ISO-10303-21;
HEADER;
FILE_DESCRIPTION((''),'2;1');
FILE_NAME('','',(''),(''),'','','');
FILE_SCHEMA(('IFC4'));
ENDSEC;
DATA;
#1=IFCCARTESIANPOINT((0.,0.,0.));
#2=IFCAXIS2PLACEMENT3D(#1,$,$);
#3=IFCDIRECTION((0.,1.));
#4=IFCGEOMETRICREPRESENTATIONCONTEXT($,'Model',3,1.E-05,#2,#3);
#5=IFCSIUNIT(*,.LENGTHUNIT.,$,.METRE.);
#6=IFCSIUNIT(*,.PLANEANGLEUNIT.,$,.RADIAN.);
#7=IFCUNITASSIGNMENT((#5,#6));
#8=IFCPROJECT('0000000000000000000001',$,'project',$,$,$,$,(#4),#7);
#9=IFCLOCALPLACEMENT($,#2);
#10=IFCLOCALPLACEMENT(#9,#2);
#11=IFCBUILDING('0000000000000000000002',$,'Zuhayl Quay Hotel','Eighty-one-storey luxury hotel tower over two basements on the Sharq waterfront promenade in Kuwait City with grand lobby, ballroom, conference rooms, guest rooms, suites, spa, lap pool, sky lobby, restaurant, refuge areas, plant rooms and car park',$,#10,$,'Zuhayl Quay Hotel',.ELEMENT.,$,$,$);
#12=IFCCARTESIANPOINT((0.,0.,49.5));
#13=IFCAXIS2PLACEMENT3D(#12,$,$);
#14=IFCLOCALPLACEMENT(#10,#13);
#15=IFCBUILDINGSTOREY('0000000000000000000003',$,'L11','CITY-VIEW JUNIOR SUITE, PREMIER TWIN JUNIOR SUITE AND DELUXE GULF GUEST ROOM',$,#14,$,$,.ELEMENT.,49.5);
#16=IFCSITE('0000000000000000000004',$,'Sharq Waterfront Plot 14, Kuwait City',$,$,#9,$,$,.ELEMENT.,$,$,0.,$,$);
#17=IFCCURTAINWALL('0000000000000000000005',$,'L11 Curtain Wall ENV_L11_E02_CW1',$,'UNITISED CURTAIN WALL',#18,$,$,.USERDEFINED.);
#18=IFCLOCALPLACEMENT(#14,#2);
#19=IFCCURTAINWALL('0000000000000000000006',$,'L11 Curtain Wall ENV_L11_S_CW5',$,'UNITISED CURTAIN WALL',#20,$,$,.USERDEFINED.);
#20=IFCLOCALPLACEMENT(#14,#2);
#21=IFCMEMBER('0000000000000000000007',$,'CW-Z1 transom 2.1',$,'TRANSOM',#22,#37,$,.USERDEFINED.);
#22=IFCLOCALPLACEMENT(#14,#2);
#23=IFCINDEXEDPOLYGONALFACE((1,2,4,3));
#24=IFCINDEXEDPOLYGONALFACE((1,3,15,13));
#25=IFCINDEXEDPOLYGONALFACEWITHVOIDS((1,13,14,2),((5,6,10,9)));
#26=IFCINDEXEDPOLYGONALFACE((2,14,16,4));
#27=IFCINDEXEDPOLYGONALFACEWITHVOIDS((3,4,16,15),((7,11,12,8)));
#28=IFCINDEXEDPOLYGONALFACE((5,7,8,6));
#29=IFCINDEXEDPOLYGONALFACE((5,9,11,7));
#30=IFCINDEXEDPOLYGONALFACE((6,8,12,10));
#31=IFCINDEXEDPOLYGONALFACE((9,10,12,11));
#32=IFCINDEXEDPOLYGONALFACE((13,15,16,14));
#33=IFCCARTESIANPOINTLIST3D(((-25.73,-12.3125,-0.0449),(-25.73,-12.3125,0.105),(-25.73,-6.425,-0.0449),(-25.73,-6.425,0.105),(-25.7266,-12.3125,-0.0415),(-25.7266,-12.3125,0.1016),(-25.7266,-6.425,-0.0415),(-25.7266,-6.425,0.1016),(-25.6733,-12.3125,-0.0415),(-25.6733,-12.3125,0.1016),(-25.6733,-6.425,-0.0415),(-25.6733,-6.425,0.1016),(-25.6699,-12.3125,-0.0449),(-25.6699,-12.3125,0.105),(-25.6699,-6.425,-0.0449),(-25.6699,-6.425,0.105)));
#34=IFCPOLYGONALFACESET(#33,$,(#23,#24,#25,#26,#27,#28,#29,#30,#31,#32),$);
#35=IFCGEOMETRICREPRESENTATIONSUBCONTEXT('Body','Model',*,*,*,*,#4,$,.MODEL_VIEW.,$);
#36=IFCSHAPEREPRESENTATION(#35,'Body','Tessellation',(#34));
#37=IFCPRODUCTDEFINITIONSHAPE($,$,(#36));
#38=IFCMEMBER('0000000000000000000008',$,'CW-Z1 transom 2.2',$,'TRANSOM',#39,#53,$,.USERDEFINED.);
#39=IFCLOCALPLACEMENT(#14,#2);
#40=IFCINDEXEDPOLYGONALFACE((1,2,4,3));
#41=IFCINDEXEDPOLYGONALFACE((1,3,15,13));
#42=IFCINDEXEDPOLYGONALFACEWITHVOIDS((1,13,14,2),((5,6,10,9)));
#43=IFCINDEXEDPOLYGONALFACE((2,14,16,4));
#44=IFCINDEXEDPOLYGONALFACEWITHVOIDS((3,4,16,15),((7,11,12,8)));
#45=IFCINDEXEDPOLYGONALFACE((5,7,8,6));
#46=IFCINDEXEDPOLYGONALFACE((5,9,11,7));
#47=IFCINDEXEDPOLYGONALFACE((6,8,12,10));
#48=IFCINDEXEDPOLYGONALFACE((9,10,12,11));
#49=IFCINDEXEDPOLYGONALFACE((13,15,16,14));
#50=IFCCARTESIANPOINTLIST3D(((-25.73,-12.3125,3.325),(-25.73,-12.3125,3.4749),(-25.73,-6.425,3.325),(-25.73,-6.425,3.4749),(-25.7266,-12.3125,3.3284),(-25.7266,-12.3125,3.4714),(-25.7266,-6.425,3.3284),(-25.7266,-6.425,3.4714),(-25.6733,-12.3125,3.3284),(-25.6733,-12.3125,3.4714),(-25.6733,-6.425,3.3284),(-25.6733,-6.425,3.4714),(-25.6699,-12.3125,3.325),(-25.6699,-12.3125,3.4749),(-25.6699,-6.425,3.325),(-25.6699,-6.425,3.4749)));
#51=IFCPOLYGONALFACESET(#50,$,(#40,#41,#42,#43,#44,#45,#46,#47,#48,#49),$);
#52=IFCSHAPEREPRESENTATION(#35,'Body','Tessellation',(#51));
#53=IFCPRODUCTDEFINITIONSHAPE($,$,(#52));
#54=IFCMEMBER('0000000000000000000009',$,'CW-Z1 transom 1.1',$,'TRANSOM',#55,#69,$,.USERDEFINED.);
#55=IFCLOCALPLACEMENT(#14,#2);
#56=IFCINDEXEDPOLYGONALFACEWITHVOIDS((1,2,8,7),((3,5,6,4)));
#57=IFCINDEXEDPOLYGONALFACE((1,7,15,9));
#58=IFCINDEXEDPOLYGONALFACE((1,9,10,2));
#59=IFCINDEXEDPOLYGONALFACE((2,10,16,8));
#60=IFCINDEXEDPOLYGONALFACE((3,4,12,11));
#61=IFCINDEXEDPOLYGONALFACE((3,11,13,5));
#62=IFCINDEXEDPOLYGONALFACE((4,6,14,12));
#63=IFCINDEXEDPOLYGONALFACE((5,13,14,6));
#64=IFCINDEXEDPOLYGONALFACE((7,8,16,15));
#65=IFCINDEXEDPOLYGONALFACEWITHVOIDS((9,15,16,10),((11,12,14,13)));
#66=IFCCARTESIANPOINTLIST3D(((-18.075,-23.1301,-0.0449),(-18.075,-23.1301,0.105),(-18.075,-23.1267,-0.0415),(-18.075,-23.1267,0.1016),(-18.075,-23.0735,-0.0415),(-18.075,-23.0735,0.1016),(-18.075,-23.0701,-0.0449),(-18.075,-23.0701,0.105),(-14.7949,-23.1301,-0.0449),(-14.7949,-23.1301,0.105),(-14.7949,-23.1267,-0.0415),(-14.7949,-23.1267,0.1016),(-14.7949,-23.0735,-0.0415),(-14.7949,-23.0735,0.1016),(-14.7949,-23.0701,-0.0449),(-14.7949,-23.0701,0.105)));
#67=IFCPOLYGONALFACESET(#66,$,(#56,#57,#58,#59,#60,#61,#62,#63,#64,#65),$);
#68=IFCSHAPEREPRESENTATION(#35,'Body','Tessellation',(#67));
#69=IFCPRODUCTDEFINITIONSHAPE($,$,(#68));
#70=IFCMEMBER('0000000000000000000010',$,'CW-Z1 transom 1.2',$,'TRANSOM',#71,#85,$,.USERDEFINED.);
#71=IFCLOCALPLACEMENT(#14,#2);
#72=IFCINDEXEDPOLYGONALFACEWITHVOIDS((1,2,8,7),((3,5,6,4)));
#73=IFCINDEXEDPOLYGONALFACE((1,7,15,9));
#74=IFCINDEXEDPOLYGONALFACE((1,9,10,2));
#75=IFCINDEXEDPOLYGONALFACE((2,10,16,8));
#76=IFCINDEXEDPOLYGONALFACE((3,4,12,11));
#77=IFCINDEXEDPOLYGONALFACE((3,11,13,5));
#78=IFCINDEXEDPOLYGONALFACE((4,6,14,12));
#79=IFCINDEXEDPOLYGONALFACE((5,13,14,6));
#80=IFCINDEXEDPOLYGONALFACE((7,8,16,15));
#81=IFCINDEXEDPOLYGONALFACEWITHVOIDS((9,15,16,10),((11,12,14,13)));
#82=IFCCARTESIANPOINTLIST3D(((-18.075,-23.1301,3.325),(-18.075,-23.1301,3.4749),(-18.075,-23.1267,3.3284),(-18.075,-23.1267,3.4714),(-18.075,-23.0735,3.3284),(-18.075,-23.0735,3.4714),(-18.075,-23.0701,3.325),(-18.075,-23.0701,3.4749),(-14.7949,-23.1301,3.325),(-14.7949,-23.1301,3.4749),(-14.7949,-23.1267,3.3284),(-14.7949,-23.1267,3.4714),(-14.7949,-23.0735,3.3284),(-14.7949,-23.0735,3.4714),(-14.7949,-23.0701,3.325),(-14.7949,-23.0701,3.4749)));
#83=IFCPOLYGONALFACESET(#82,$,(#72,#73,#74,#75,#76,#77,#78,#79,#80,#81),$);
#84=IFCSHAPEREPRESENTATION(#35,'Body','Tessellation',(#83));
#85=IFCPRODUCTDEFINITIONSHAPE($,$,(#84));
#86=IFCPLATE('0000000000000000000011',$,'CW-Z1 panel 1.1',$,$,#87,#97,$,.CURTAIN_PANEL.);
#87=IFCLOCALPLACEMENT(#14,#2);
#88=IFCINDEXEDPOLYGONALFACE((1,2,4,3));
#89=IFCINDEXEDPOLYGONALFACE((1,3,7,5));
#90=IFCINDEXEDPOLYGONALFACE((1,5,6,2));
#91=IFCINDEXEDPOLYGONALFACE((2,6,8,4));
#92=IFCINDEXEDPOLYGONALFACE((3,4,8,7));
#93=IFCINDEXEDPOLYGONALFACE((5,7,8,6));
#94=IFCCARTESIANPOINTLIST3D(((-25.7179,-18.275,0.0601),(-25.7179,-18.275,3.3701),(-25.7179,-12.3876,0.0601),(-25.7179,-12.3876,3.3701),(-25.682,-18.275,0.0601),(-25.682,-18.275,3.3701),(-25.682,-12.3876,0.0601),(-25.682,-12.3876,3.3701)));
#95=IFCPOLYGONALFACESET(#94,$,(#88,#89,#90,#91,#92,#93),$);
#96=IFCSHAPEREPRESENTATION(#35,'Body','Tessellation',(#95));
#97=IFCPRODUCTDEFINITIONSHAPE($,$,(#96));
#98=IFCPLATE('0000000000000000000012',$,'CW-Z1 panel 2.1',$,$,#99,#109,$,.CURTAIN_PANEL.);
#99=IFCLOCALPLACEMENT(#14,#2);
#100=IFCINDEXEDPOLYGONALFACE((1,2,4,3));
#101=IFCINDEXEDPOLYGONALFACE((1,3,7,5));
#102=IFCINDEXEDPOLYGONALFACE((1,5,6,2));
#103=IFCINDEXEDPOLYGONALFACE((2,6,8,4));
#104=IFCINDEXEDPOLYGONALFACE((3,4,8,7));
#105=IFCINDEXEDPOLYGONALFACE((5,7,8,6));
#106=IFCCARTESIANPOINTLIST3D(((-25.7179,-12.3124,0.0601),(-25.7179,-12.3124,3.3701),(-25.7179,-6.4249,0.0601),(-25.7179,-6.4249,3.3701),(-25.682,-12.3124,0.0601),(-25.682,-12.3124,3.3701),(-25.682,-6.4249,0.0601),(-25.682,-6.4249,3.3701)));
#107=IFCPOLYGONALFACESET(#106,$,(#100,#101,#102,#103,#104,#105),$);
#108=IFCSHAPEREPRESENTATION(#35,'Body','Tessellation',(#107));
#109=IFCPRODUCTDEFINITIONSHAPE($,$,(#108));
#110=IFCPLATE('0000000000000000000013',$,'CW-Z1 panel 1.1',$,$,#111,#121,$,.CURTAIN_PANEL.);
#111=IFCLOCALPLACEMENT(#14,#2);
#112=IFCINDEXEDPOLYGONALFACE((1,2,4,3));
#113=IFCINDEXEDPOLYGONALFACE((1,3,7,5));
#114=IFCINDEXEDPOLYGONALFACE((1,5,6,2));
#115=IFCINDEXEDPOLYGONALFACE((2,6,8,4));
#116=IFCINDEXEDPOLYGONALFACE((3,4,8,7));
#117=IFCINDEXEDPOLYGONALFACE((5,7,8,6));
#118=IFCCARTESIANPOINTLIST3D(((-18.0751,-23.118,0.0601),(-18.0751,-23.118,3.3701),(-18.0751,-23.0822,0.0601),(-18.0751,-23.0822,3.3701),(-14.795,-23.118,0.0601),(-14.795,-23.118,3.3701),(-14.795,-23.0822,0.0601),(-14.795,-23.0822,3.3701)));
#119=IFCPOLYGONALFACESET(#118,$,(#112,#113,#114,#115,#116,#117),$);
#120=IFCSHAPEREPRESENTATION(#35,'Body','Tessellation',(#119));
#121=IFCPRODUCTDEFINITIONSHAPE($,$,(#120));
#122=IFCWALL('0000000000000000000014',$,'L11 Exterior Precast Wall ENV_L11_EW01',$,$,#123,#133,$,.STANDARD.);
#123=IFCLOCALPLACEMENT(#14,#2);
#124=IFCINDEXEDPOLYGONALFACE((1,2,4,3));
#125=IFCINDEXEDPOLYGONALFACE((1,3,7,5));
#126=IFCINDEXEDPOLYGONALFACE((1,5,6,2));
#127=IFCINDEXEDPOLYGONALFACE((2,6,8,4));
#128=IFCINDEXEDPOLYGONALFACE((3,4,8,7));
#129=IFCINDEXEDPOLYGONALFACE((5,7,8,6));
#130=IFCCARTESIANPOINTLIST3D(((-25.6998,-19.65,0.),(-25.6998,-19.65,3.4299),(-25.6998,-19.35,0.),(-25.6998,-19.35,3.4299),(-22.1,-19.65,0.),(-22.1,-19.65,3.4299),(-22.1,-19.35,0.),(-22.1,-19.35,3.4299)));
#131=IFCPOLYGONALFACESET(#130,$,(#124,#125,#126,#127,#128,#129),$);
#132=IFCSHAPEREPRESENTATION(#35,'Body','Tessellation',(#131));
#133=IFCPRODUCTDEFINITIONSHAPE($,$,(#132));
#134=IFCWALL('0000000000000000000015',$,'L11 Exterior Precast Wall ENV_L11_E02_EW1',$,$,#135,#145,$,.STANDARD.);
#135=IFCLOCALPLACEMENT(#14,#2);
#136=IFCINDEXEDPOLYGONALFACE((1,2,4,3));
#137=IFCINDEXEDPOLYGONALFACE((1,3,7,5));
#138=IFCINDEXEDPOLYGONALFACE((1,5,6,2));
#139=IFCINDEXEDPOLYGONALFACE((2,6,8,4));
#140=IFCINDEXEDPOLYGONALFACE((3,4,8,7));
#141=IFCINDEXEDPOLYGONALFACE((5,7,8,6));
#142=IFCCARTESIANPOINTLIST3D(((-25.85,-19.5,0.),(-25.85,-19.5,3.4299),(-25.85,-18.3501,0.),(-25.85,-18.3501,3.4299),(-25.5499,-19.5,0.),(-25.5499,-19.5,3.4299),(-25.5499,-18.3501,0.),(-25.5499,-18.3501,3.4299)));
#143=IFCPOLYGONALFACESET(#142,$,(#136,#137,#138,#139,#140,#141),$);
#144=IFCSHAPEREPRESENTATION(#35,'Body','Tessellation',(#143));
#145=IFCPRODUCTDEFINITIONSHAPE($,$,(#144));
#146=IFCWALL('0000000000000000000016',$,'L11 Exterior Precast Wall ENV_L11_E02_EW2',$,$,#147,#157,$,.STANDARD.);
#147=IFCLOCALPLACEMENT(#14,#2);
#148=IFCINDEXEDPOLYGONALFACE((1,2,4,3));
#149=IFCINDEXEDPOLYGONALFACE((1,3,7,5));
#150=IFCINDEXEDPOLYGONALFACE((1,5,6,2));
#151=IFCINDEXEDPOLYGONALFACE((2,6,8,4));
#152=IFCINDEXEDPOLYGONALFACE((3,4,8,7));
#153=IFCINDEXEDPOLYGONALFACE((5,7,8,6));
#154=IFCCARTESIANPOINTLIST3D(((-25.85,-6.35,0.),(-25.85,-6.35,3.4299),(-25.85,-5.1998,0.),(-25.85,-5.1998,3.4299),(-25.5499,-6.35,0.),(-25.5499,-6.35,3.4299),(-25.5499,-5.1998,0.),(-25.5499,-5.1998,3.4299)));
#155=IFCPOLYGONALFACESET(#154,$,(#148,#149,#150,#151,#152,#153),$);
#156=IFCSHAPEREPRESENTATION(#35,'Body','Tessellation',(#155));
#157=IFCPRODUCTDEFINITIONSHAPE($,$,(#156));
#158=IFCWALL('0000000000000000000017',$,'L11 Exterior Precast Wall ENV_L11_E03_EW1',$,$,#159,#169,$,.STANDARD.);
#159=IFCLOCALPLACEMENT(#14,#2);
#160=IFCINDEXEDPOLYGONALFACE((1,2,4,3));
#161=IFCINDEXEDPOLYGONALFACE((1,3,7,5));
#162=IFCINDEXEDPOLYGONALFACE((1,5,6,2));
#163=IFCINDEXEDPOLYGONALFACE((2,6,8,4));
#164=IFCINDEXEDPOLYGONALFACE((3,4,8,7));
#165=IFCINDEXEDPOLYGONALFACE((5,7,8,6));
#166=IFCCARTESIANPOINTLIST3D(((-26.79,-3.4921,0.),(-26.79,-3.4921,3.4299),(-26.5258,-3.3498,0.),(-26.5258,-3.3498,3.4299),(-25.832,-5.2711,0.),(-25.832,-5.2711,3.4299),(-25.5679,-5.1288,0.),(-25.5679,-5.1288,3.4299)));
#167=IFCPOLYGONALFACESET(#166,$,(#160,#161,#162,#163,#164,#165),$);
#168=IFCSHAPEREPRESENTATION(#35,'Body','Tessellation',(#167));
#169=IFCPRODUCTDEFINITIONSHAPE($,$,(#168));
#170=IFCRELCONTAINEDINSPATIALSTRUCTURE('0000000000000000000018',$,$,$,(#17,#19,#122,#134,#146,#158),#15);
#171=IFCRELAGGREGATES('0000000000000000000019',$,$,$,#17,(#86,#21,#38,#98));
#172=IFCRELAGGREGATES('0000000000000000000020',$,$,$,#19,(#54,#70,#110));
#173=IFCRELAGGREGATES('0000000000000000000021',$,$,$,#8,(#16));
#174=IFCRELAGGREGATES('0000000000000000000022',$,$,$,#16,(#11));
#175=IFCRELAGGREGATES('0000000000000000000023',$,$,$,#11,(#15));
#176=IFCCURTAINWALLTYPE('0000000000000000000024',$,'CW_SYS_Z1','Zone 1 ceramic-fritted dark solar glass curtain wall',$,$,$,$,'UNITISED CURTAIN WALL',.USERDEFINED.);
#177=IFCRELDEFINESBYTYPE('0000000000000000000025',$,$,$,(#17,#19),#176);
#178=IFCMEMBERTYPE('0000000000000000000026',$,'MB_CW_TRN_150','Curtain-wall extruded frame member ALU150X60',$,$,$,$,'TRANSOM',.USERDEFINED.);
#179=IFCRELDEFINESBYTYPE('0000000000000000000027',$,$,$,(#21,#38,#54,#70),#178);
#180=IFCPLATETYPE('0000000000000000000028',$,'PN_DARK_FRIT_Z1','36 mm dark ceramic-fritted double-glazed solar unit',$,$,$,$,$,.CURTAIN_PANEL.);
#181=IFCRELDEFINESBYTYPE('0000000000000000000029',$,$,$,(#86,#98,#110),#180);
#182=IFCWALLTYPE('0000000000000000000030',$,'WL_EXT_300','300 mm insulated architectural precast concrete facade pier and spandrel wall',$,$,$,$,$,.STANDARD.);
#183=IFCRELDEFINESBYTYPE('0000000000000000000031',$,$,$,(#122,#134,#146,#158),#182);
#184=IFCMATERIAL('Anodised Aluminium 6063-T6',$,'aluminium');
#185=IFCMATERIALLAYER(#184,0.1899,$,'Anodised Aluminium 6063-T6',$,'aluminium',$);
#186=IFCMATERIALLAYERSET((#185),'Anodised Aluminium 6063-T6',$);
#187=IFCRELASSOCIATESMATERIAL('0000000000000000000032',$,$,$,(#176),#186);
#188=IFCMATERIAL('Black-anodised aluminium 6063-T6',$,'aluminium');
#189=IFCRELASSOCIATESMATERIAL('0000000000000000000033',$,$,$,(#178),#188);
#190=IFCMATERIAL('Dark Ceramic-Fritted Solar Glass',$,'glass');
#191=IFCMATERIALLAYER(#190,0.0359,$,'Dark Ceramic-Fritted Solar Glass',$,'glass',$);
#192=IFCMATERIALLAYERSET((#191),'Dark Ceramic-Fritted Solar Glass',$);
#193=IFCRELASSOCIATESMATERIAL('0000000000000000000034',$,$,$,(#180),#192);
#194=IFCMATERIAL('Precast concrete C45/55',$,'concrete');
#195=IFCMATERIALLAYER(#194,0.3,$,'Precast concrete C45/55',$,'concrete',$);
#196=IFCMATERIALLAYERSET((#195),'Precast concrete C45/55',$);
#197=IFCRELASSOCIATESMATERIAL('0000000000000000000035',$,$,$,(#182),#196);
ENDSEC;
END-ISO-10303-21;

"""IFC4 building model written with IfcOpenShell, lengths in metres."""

from ifc_helpers import new_model, si_unit, direction, frame, frame_2d, origin, origin_2d, place, context, subcontext, project, spatial, rectangle, hollow_rectangle, extrude, material, layer, layer_set, material_profile, profile_set, type_object, element, aggregate, save


model = new_model("IFC4")

# Units and contexts
model_context = context("Model", 3, precision=1e-05, world=origin(), true_north=direction((0.0, 1.0)))
body_context = subcontext(model_context, "Body", "Model", "MODEL_VIEW")
ifc_project = project(units=[si_unit("LENGTHUNIT", "METRE"), si_unit("PLANEANGLEUNIT", "RADIAN")], contexts=[model_context])

# Site, building, storey
site_placement = place(None, origin())
site = spatial("IfcSite", under=ifc_project, at=site_placement, Name="Sharq Waterfront Plot 14, Kuwait City", CompositionType="ELEMENT", RefElevation=0.0)
building_placement = place(site_placement, origin())
building = spatial("IfcBuilding", under=site, at=building_placement, Name="Zuhayl Quay Hotel", Description="Eighty-one-storey luxury hotel tower over two basements on the Sharq waterfront promenade in Kuwait City with grand lobby, ballroom, conference rooms, guest rooms, suites, spa, lap pool, sky lobby, restaurant, refuge areas, plant rooms and car park", LongName="Zuhayl Quay Hotel", CompositionType="ELEMENT")
storey_placement = place(building_placement, frame((0.0, 0.0, 49.5)))
storey = spatial("IfcBuildingStorey", under=building, at=storey_placement, Name="L11", Description="CITY-VIEW JUNIOR SUITE, PREMIER TWIN JUNIOR SUITE AND DELUXE GULF GUEST ROOM", CompositionType="ELEMENT", Elevation=49.5)

# Curtain walls
ifc_material_1 = material(Name="Anodised Aluminium 6063-T6", Category="aluminium")
ifc_layer_1 = layer(ifc_material_1, 0.1899, Name="Anodised Aluminium 6063-T6", Category="aluminium")
ifc_layer_set_1 = layer_set([ifc_layer_1], Name="Anodised Aluminium 6063-T6")
curtain_wall_type = type_object("IfcCurtainWallType", Name="CW_SYS_Z1", Description="Zone 1 ceramic-fritted dark solar glass curtain wall", ElementType="UNITISED CURTAIN WALL", PredefinedType="USERDEFINED", material=ifc_layer_set_1)
curtain_wall_1_placement = place(storey_placement, origin())
curtain_wall_1 = element("IfcCurtainWall", 1, at=curtain_wall_1_placement, inside=storey, type_object=curtain_wall_type, Name="L11 Curtain Wall ENV_L11_E02_CW1", ObjectType="UNITISED CURTAIN WALL", PredefinedType="USERDEFINED")
ifc_material_2 = material(Name="Black-anodised aluminium 6063-T6", Category="aluminium")
curtain_wall_2_placement = place(storey_placement, origin())
curtain_wall_2 = element("IfcCurtainWall", 2, at=curtain_wall_2_placement, inside=storey, type_object=curtain_wall_type, Name="L11 Curtain Wall ENV_L11_S_CW5", ObjectType="UNITISED CURTAIN WALL", PredefinedType="USERDEFINED")

# Members
ifc_material_profile_1 = material_profile(ifc_material_2, hollow_rectangle(XDim=0.0601, YDim=0.1499, WallThickness=0.0034, at=origin_2d()), Name="ALU150X60")
ifc_profile_set_1 = profile_set([ifc_material_profile_1], Name="Black-anodised aluminium 6063-T6")
member_type_1 = type_object("IfcMemberType", Name="MB_CW_TRN_150", Description="Curtain-wall extruded frame member ALU150X60", ElementType="TRANSOM", PredefinedType="USERDEFINED", material=ifc_profile_set_1)
member_1_placement = place(storey_placement, frame((-25.7, -12.3125, 0.03), z_axis=(0.0, 1.0, 0.0), x_axis=(-1.0, 0.0, 0.0)))
member_1 = element("IfcMember", 3, at=member_1_placement, type_object=member_type_1, Name="CW-Z1 transom 2.1", ObjectType="TRANSOM", PredefinedType="USERDEFINED", context=body_context, shape_type="SweptSolid", body=[
    extrude(hollow_rectangle(XDim=0.0601, YDim=0.1499, WallThickness=0.0034, at=origin_2d()), origin(), (0.0, 0.0, 1.0), 5.8875),
])
member_2_placement = place(storey_placement, frame((-25.7, -12.3125, 3.3999), z_axis=(0.0, 1.0, 0.0), x_axis=(-1.0, 0.0, 0.0)))
member_2 = element("IfcMember", 4, at=member_2_placement, type_object=member_type_1, Name="CW-Z1 transom 2.2", ObjectType="TRANSOM", PredefinedType="USERDEFINED", context=body_context, shape_type="SweptSolid", body=[
    extrude(hollow_rectangle(XDim=0.0601, YDim=0.1499, WallThickness=0.0034, at=origin_2d()), origin(), (0.0, 0.0, 1.0), 5.8875),
])
member_3_placement = place(storey_placement, frame((-14.7949, -23.1001, 0.03), z_axis=(-1.0, 0.0, 0.0), x_axis=(0.0, -1.0, 0.0)))
member_3 = element("IfcMember", 5, at=member_3_placement, type_object=member_type_1, Name="CW-Z1 transom 1.1", ObjectType="TRANSOM", PredefinedType="USERDEFINED", context=body_context, shape_type="SweptSolid", body=[
    extrude(hollow_rectangle(XDim=0.0601, YDim=0.1499, WallThickness=0.0034, at=origin_2d()), origin(), (0.0, 0.0, 1.0), 3.28),
])
member_4_placement = place(storey_placement, frame((-14.7949, -23.1001, 3.3999), z_axis=(-1.0, 0.0, 0.0), x_axis=(0.0, -1.0, 0.0)))
member_4 = element("IfcMember", 6, at=member_4_placement, type_object=member_type_1, Name="CW-Z1 transom 1.2", ObjectType="TRANSOM", PredefinedType="USERDEFINED", context=body_context, shape_type="SweptSolid", body=[
    extrude(hollow_rectangle(XDim=0.0601, YDim=0.1499, WallThickness=0.0034, at=origin_2d()), origin(), (0.0, 0.0, 1.0), 3.28),
])

# Plates
ifc_material_3 = material(Name="Dark Ceramic-Fritted Solar Glass", Category="glass")
ifc_layer_2 = layer(ifc_material_3, 0.0359, Name="Dark Ceramic-Fritted Solar Glass", Category="glass")
ifc_layer_set_2 = layer_set([ifc_layer_2], Name="Dark Ceramic-Fritted Solar Glass")
plate_type = type_object("IfcPlateType", Name="PN_DARK_FRIT_Z1", Description="36 mm dark ceramic-fritted double-glazed solar unit", PredefinedType="CURTAIN_PANEL", material=ifc_layer_set_2)
plate_1_placement = place(storey_placement, frame((-25.7, -15.3313, 0.0601), z_axis=(0.0, 0.0, 1.0), x_axis=(0.0, 1.0, 0.0)))
plate_1 = element("IfcPlate", 7, at=plate_1_placement, type_object=plate_type, Name="CW-Z1 panel 1.1", PredefinedType="CURTAIN_PANEL", context=body_context, shape_type="SweptSolid", body=[
    extrude(rectangle(XDim=5.8875, YDim=0.0359, at=origin_2d()), origin(), (0.0, 0.0, 1.0), 3.3101),
])
plate_2_placement = place(storey_placement, frame((-25.7, -9.3687, 0.0601), z_axis=(0.0, 0.0, 1.0), x_axis=(0.0, 1.0, 0.0)))
plate_2 = element("IfcPlate", 8, at=plate_2_placement, type_object=plate_type, Name="CW-Z1 panel 2.1", PredefinedType="CURTAIN_PANEL", context=body_context, shape_type="SweptSolid", body=[
    extrude(rectangle(XDim=5.8875, YDim=0.0359, at=origin_2d()), origin(), (0.0, 0.0, 1.0), 3.3101),
])
aggregate(curtain_wall_1, [plate_1, member_1, member_2, plate_2])
plate_3_placement = place(storey_placement, frame((-16.4351, -23.1001, 0.0601), z_axis=(0.0, 0.0, 1.0), x_axis=(-1.0, 0.0, 0.0)))
plate_3 = element("IfcPlate", 9, at=plate_3_placement, type_object=plate_type, Name="CW-Z1 panel 1.1", PredefinedType="CURTAIN_PANEL", context=body_context, shape_type="SweptSolid", body=[
    extrude(rectangle(XDim=3.28, YDim=0.0359, at=origin_2d()), origin(), (0.0, 0.0, 1.0), 3.3101),
])
aggregate(curtain_wall_2, [member_3, member_4, plate_3])

# Walls
ifc_material_4 = material(Name="Precast concrete C45/55", Category="concrete")
ifc_layer_3 = layer(ifc_material_4, 0.3, Name="Precast concrete C45/55", Category="concrete")
ifc_layer_set_3 = layer_set([ifc_layer_3], Name="Precast concrete C45/55")
wall_type_1 = type_object("IfcWallType", Name="WL_EXT_300", Description="300 mm insulated architectural precast concrete facade pier and spandrel wall", PredefinedType="STANDARD", material=ifc_layer_set_3)
wall_1_placement = place(storey_placement, frame((-22.1001, -19.5, 0.0), z_axis=(0.0, 0.0, 1.0), x_axis=(-1.0, 0.0, 0.0)))
element("IfcWall", 10, at=wall_1_placement, inside=storey, type_object=wall_type_1, Name="L11 Exterior Precast Wall ENV_L11_EW01", PredefinedType="STANDARD", context=body_context, shape_type="SweptSolid", body=[
    extrude(rectangle(XDim=3.5999, YDim=0.3, at=frame_2d((1.7998, 0.0))), origin(), (0.0, 0.0, 1.0), 3.4299),
])
wall_2_placement = place(storey_placement, frame((-25.7, -19.5, 0.0), z_axis=(0.0, 0.0, 1.0), x_axis=(0.0, 1.0, 0.0)))
element("IfcWall", 11, at=wall_2_placement, inside=storey, type_object=wall_type_1, Name="L11 Exterior Precast Wall ENV_L11_E02_EW1", PredefinedType="STANDARD", context=body_context, shape_type="SweptSolid", body=[
    extrude(rectangle(XDim=1.1499, YDim=0.3, at=frame_2d((0.575, 0.0))), origin(), (0.0, 0.0, 1.0), 3.4299),
])
wall_3_placement = place(storey_placement, frame((-25.7, -6.3501, 0.0), z_axis=(0.0, 0.0, 1.0), x_axis=(0.0, 1.0, 0.0)))
element("IfcWall", 12, at=wall_3_placement, inside=storey, type_object=wall_type_1, Name="L11 Exterior Precast Wall ENV_L11_E02_EW2", PredefinedType="STANDARD", context=body_context, shape_type="SweptSolid", body=[
    extrude(rectangle(XDim=1.1501, YDim=0.3, at=frame_2d((0.5752, 0.0))), origin(), (0.0, 0.0, 1.0), 3.4299),
])
wall_4_placement = place(storey_placement, frame((-25.7, -5.2, 0.0), z_axis=(0.0, 0.0, 1.0), x_axis=(-0.474121, 0.880459, 0.0)))
element("IfcWall", 13, at=wall_4_placement, inside=storey, type_object=wall_type_1, Name="L11 Exterior Precast Wall ENV_L11_E03_EW1", PredefinedType="STANDARD", context=body_context, shape_type="SweptSolid", body=[
    extrude(rectangle(XDim=2.0205, YDim=0.3, at=frame_2d((1.0103, 0.0))), origin(), (0.0, 0.0, 1.0), 3.4299),
])

save(model, "model.ifc")
